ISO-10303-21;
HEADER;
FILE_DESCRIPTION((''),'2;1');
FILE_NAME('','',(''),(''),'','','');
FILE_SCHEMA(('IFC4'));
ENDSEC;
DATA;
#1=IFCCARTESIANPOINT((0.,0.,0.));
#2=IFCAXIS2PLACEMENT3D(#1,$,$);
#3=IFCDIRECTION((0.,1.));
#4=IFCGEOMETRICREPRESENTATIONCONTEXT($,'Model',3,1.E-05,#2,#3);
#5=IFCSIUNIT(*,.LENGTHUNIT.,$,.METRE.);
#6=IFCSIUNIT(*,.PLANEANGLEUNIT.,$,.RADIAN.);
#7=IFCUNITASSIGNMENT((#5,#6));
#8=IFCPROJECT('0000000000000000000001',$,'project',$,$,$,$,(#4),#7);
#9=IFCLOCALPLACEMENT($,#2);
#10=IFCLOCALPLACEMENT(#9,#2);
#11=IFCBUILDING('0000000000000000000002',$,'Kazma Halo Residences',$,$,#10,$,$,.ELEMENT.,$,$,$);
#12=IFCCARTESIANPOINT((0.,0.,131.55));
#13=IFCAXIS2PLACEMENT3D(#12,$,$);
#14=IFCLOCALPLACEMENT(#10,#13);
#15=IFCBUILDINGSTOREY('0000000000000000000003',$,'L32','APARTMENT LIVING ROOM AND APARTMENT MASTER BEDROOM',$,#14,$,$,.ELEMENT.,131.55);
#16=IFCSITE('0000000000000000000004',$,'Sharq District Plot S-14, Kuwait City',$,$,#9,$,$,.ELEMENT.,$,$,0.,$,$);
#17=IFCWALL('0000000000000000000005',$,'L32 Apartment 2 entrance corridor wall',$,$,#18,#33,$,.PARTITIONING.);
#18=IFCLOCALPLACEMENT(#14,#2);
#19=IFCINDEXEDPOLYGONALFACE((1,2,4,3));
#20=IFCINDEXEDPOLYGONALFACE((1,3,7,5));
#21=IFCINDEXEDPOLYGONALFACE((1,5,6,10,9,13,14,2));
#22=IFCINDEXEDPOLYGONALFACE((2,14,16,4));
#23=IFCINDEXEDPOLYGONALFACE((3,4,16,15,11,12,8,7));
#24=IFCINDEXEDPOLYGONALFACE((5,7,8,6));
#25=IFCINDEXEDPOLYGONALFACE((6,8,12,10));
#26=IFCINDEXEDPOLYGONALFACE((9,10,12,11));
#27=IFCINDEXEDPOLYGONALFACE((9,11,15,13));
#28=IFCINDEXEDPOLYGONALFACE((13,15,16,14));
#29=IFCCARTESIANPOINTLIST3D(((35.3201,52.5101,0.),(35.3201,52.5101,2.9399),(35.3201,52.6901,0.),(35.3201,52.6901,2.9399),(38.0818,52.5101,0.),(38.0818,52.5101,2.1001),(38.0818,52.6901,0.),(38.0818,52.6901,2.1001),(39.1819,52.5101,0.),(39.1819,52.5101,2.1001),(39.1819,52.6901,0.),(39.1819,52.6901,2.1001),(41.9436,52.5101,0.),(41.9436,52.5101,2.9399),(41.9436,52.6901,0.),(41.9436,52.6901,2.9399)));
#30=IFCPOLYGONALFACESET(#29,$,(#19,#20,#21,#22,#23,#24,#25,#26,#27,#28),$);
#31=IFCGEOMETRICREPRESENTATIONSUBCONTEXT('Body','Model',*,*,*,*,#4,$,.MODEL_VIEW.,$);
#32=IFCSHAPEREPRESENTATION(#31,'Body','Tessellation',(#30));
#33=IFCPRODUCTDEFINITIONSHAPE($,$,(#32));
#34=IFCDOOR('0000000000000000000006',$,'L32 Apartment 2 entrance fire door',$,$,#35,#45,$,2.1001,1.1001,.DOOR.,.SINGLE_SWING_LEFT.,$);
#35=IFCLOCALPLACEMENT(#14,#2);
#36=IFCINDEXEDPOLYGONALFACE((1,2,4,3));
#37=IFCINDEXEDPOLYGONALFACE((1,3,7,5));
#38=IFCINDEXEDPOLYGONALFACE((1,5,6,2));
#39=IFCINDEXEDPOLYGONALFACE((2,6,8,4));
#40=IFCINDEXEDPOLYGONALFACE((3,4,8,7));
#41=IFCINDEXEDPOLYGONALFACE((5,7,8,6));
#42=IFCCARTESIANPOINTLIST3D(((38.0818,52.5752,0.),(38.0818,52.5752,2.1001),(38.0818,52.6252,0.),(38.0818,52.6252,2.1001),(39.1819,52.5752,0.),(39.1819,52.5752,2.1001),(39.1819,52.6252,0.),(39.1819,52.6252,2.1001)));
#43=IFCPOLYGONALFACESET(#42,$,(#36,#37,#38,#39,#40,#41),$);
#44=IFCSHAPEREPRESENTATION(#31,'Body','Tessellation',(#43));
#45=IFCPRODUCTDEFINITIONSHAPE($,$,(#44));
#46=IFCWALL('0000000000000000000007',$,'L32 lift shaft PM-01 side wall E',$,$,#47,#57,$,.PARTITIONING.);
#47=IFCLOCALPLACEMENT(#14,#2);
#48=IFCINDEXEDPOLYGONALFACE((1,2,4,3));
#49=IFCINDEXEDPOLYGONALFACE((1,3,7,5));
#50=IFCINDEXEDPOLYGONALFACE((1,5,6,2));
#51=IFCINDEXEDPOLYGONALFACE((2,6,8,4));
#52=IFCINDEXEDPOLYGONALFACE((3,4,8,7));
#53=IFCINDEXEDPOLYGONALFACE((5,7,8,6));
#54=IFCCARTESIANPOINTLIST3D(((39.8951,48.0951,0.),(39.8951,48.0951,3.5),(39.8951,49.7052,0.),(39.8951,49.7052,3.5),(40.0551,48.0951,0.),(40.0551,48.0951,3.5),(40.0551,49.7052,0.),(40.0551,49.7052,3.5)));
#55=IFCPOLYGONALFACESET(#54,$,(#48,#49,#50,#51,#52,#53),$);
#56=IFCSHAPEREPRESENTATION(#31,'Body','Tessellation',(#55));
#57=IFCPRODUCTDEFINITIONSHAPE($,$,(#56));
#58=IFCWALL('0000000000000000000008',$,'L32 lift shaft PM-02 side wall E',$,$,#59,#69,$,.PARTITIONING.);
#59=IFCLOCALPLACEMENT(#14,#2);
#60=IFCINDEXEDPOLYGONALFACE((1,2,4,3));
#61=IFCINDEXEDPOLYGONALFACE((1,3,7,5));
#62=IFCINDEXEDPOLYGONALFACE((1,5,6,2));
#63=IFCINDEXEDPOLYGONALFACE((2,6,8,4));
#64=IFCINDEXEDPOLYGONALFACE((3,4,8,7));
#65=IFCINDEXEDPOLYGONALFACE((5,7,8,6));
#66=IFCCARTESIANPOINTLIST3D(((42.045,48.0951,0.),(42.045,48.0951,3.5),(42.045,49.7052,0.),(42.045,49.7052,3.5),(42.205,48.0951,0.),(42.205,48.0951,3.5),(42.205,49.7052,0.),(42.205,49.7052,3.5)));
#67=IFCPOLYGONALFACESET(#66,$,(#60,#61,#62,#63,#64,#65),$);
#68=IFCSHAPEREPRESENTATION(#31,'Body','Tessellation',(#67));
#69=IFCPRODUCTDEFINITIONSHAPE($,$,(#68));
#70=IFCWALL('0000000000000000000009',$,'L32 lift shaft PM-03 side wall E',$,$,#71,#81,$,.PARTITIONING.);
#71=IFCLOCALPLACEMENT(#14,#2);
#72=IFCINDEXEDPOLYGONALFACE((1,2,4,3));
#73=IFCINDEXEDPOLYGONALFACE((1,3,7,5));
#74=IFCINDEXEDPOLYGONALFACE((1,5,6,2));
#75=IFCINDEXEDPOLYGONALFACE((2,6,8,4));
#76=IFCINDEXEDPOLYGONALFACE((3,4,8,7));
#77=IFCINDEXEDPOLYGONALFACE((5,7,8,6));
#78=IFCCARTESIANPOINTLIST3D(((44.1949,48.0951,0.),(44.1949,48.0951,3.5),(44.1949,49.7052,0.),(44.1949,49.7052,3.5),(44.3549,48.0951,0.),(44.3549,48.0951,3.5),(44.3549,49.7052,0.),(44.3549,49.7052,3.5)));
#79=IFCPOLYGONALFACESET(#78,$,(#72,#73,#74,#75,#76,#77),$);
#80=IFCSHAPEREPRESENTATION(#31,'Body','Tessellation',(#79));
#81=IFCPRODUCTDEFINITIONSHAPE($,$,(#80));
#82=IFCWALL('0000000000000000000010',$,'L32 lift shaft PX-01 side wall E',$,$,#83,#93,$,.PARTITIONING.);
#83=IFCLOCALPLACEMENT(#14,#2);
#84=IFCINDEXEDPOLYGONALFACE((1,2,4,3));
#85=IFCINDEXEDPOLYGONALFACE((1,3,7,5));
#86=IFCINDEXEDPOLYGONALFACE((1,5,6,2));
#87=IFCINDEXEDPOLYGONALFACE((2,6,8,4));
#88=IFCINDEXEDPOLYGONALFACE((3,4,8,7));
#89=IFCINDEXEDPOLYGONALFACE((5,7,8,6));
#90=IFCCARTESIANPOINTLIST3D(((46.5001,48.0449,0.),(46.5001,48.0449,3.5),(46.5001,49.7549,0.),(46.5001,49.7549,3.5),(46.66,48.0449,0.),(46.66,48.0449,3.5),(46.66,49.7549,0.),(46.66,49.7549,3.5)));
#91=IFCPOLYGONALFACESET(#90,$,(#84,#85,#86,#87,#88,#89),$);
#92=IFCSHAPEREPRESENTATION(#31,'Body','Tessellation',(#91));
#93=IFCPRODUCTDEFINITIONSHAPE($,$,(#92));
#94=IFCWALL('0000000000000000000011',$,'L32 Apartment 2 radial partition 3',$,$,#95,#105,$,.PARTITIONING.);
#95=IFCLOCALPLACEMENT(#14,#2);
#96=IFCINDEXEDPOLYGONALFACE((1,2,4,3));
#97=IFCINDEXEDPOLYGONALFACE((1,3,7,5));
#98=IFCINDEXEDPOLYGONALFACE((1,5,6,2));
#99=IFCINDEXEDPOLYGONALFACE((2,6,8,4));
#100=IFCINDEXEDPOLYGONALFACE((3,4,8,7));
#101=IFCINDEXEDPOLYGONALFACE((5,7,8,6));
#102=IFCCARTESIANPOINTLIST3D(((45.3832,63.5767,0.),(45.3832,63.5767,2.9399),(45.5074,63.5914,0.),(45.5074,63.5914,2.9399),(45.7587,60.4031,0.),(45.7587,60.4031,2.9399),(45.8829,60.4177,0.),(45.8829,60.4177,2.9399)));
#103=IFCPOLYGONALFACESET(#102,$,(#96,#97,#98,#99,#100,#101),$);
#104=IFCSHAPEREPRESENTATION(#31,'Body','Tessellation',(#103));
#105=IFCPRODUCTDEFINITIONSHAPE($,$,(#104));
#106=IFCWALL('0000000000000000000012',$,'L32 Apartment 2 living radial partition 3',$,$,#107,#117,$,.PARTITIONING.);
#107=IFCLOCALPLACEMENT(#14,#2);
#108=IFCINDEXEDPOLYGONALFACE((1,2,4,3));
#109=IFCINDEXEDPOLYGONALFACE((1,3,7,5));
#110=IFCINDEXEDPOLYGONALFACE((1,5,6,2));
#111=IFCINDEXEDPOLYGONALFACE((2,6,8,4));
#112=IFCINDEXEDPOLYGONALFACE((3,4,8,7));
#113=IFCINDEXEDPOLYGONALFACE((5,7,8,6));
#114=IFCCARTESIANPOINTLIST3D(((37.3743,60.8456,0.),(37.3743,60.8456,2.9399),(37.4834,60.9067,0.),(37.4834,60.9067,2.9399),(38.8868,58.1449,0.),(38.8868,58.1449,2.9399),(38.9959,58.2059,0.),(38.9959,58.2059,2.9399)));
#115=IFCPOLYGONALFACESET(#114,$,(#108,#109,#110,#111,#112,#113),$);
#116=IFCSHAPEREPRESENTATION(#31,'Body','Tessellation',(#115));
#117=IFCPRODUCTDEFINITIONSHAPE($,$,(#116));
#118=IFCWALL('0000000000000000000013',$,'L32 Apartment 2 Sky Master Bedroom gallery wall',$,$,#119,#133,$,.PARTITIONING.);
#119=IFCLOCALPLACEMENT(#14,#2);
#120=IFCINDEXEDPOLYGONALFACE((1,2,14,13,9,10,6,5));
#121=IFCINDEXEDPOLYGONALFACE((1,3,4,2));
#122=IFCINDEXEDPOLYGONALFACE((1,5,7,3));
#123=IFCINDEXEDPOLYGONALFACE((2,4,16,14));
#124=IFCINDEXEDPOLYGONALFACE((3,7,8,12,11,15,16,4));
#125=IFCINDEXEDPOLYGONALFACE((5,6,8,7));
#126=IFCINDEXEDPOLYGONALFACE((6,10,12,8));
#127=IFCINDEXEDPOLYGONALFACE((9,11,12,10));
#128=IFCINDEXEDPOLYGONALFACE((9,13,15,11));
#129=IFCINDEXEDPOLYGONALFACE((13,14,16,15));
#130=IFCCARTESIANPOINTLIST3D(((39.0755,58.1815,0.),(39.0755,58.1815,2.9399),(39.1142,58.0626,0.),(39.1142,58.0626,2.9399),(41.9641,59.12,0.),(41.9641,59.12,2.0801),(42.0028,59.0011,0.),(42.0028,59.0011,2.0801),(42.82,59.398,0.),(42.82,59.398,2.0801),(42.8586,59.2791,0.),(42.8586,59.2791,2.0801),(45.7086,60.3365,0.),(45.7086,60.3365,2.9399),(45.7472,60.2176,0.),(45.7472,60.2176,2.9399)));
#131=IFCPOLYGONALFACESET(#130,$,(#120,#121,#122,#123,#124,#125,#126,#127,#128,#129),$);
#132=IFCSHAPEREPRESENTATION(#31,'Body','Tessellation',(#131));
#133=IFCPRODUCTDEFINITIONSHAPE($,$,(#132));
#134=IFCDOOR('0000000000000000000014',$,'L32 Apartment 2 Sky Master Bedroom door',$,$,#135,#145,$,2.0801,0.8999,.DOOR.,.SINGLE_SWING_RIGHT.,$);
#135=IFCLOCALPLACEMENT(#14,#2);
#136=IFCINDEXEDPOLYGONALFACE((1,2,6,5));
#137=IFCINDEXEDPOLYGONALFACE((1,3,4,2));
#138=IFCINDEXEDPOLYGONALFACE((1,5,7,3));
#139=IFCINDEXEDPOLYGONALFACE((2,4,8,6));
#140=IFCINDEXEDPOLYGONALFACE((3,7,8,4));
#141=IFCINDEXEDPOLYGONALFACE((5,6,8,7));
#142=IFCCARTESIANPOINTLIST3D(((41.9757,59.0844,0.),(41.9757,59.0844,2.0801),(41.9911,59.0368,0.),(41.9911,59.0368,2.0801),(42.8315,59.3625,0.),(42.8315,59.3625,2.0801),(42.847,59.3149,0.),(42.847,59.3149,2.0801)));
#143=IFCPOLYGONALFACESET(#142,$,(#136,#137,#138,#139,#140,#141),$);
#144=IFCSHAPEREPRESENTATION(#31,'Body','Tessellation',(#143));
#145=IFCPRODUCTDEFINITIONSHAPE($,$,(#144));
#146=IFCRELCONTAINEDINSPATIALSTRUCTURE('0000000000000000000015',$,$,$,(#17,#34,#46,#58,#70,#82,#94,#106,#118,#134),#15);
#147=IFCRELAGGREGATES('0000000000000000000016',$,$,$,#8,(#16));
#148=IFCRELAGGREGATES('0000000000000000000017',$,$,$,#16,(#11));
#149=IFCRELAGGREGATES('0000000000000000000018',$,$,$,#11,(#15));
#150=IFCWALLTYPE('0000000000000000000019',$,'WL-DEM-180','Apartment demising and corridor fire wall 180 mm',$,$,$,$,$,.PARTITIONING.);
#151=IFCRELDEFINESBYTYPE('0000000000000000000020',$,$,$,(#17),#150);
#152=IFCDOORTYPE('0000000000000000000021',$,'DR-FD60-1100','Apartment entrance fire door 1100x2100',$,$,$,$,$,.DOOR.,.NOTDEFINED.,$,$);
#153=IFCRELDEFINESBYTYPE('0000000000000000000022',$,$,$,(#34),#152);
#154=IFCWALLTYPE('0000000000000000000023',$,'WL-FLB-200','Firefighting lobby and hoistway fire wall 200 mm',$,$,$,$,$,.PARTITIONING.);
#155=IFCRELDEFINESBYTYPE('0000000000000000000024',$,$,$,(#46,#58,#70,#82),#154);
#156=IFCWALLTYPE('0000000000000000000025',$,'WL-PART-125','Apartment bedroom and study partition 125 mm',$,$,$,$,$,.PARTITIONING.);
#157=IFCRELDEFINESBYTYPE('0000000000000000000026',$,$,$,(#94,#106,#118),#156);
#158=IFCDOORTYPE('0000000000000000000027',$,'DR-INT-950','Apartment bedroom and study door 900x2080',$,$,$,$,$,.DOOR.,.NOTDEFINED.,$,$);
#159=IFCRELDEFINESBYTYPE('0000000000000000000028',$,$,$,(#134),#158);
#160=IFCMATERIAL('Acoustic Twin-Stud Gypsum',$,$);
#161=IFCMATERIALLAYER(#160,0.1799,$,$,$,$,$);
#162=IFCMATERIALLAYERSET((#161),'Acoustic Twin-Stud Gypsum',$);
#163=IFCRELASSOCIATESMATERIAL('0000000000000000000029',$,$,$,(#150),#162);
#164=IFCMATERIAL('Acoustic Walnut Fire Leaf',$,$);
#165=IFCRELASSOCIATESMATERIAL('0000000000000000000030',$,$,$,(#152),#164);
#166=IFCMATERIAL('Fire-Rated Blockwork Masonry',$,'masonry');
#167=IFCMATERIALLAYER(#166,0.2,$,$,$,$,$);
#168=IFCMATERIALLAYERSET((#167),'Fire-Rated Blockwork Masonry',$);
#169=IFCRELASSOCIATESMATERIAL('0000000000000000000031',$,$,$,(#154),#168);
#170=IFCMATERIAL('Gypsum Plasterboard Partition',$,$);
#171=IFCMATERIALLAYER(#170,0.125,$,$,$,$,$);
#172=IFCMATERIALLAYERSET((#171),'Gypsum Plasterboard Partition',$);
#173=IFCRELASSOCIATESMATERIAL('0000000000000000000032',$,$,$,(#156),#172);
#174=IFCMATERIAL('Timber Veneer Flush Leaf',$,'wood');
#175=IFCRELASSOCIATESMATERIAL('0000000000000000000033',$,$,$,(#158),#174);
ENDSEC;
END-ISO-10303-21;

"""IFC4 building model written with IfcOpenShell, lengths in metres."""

from ifc_helpers import new_model, si_unit, direction, frame, frame_2d, origin, place, context, subcontext, project, spatial, rectangle, extrude, material, layer, layer_set, type_object, element, fill, save


model = new_model("IFC4")

# Units and contexts
model_context = context("Model", 3, precision=1e-05, world=origin(), true_north=direction((0.0, 1.0)))
body_context = subcontext(model_context, "Body", "Model", "MODEL_VIEW")
ifc_project = project(units=[si_unit("LENGTHUNIT", "METRE"), si_unit("PLANEANGLEUNIT", "RADIAN")], contexts=[model_context])

# Site, building, storey
site_placement = place(None, origin())
site = spatial("IfcSite", under=ifc_project, at=site_placement, Name="Sharq District Plot S-14, Kuwait City", CompositionType="ELEMENT", RefElevation=0.0)
building_placement = place(site_placement, origin())
building = spatial("IfcBuilding", under=site, at=building_placement, Name="Kazma Halo Residences", CompositionType="ELEMENT")
storey_placement = place(building_placement, frame((0.0, 0.0, 131.55)))
storey = spatial("IfcBuildingStorey", under=building, at=storey_placement, Name="L32", Description="APARTMENT LIVING ROOM AND APARTMENT MASTER BEDROOM", CompositionType="ELEMENT", Elevation=131.55)

# Wall, opening, door
ifc_material_1 = material(Name="Acoustic Twin-Stud Gypsum")
ifc_layer_1 = layer(ifc_material_1, 0.1799)
ifc_layer_set_1 = layer_set([ifc_layer_1], Name="Acoustic Twin-Stud Gypsum")
wall_type_1 = type_object("IfcWallType", Name="WL-DEM-180", Description="Apartment demising and corridor fire wall 180 mm", PredefinedType="PARTITIONING", material=ifc_layer_set_1)
wall_1_placement = place(storey_placement, frame((41.9436, 52.6001, 0.0), z_axis=(0.0, 0.0, 1.0), x_axis=(-1.0, 0.0, 0.0)))
wall_1 = element("IfcWall", 1, at=wall_1_placement, inside=storey, type_object=wall_type_1, Name="L32 Apartment 2 entrance corridor wall", PredefinedType="PARTITIONING", context=body_context, shape_type="SweptSolid", body=[
    extrude(rectangle(XDim=6.6235, YDim=0.1799, at=frame_2d((3.3118, 0.0))), origin(), (0.0, 0.0, 1.0), 2.9399),
])
opening_1_placement = place(wall_1_placement, frame((2.7617, 0.0, 0.0)))
opening_1 = element("IfcOpeningElement", 2, at=opening_1_placement, cuts=wall_1, PredefinedType="OPENING", context=body_context, shape_type="SweptSolid", body=[
    extrude(rectangle(XDim=1.1001, YDim=2.1001, at=frame_2d((0.55, 1.05))), frame((0.0, 0.0999, 0.0), z_axis=(0.0, -1.0, 0.0), x_axis=(1.0, 0.0, 0.0)), (0.0, 0.0, 1.0), 0.2),
])
ifc_material_2 = material(Name="Acoustic Walnut Fire Leaf")
door_type_1 = type_object("IfcDoorType", Name="DR-FD60-1100", Description="Apartment entrance fire door 1100x2100", OperationType="NOTDEFINED", PredefinedType="DOOR", material=ifc_material_2)
door_1_placement = place(opening_1_placement, origin())
door_1 = element("IfcDoor", 3, at=door_1_placement, inside=storey, type_object=door_type_1, Name="L32 Apartment 2 entrance fire door", OperationType="SINGLE_SWING_LEFT", OverallHeight=2.1001, OverallWidth=1.1001, PredefinedType="DOOR", context=body_context, shape_type="SweptSolid", body=[
    extrude(rectangle(XDim=1.1001, YDim=2.1001, at=frame_2d((0.55, 1.05))), frame((0.0, 0.0249, 0.0), z_axis=(0.0, -1.0, 0.0), x_axis=(1.0, 0.0, 0.0)), (0.0, 0.0, 1.0), 0.05),
])
fill(opening_1, door_1)

# Walls
ifc_material_3 = material(Name="Fire-Rated Blockwork Masonry", Category="masonry")
ifc_layer_2 = layer(ifc_material_3, 0.2)
ifc_layer_set_2 = layer_set([ifc_layer_2], Name="Fire-Rated Blockwork Masonry")
wall_type_2 = type_object("IfcWallType", Name="WL-FLB-200", Description="Firefighting lobby and hoistway fire wall 200 mm", PredefinedType="PARTITIONING", material=ifc_layer_set_2)
for number, where, z_axis, x_axis, name in (
    (4, (39.9751, 48.095, 0.0), (0.0, 0.0, 1.0), (0.0, 1.0, 0.0), "L32 lift shaft PM-01 side wall E"),
    (5, (42.125, 48.095, 0.0), (0.0, 0.0, 1.0), (0.0, 1.0, 0.0), "L32 lift shaft PM-02 side wall E"),
    (6, (44.2749, 48.095, 0.0), (0.0, 0.0, 1.0), (0.0, 1.0, 0.0), "L32 lift shaft PM-03 side wall E"),
):
    element("IfcWall", number, at=place(storey_placement, frame(where, z_axis=z_axis, x_axis=x_axis)), inside=storey, type_object=wall_type_2, Name=name, PredefinedType="PARTITIONING", context=body_context, shape_type="SweptSolid", body=[
        extrude(rectangle(XDim=1.6101, YDim=0.1599, at=frame_2d((0.8052, 0.0))), origin(), (0.0, 0.0, 1.0), 3.5),
    ])
wall_2_placement = place(storey_placement, frame((46.5801, 48.0449, 0.0), z_axis=(0.0, 0.0, 1.0), x_axis=(0.0, 1.0, 0.0)))
element("IfcWall", 7, at=wall_2_placement, inside=storey, type_object=wall_type_2, Name="L32 lift shaft PX-01 side wall E", PredefinedType="PARTITIONING", context=body_context, shape_type="SweptSolid", body=[
    extrude(rectangle(XDim=1.71, YDim=0.1599, at=frame_2d((0.855, 0.0))), origin(), (0.0, 0.0, 1.0), 3.5),
])
ifc_material_4 = material(Name="Gypsum Plasterboard Partition")
ifc_layer_3 = layer(ifc_material_4, 0.125)
ifc_layer_set_3 = layer_set([ifc_layer_3], Name="Gypsum Plasterboard Partition")
wall_type_3 = type_object("IfcWallType", Name="WL-PART-125", Description="Apartment bedroom and study partition 125 mm", PredefinedType="PARTITIONING", material=ifc_layer_set_3)
wall_3_placement = place(storey_placement, frame((45.8208, 60.4104, 0.0), z_axis=(0.0, 0.0, 1.0), x_axis=(-0.117497, 0.993073, 0.0)))
element("IfcWall", 8, at=wall_3_placement, inside=storey, type_object=wall_type_3, Name="L32 Apartment 2 radial partition 3", PredefinedType="PARTITIONING", context=body_context, shape_type="SweptSolid", body=[
    extrude(rectangle(XDim=3.1958, YDim=0.125, at=frame_2d((1.5979, 0.0))), origin(), (0.0, 0.0, 1.0), 2.9399),
])
wall_4_placement = place(storey_placement, frame((38.9414, 58.1753, 0.0), z_axis=(0.0, 0.0, 1.0), x_axis=(-0.48862, 0.872497, 0.0)))
element("IfcWall", 9, at=wall_4_placement, inside=storey, type_object=wall_type_3, Name="L32 Apartment 2 living radial partition 3", PredefinedType="PARTITIONING", context=body_context, shape_type="SweptSolid", body=[
    extrude(rectangle(XDim=3.0955, YDim=0.125, at=frame_2d((1.5479, 0.0))), origin(), (0.0, 0.0, 1.0), 2.9399),
])

# Wall, opening, door
wall_5_placement = place(storey_placement, frame((45.728, 60.2771, 0.0), z_axis=(0.0, 0.0, 1.0), x_axis=(-0.951064, -0.308993, 0.0)))
wall_5 = element("IfcWall", 10, at=wall_5_placement, inside=storey, type_object=wall_type_3, Name="L32 Apartment 2 Sky Master Bedroom gallery wall", PredefinedType="PARTITIONING", context=body_context, shape_type="SweptSolid", body=[
    extrude(rectangle(XDim=6.9744, YDim=0.125, at=frame_2d((3.4873, 0.0))), origin(), (0.0, 0.0, 1.0), 2.9399),
])
opening_2_placement = place(wall_5_placement, frame((3.0374, 0.0, 0.0)))
opening_2 = element("IfcOpeningElement", 11, at=opening_2_placement, cuts=wall_5, PredefinedType="OPENING", context=body_context, shape_type="SweptSolid", body=[
    extrude(rectangle(XDim=0.8999, YDim=2.0801, at=frame_2d((0.45, 1.04))), frame((0.0, 0.0725, 0.0), z_axis=(0.0, -1.0, 0.0), x_axis=(1.0, 0.0, 0.0)), (0.0, 0.0, 1.0), 0.145),
])
ifc_material_5 = material(Name="Timber Veneer Flush Leaf", Category="wood")
door_type_2 = type_object("IfcDoorType", Name="DR-INT-950", Description="Apartment bedroom and study door 900x2080", OperationType="NOTDEFINED", PredefinedType="DOOR", material=ifc_material_5)
door_2_placement = place(opening_2_placement, origin())
door_2 = element("IfcDoor", 12, at=door_2_placement, inside=storey, type_object=door_type_2, Name="L32 Apartment 2 Sky Master Bedroom door", OperationType="SINGLE_SWING_RIGHT", OverallHeight=2.0801, OverallWidth=0.8999, PredefinedType="DOOR", context=body_context, shape_type="SweptSolid", body=[
    extrude(rectangle(XDim=0.8999, YDim=2.0801, at=frame_2d((0.45, 1.04))), frame((0.0, 0.0249, 0.0), z_axis=(0.0, -1.0, 0.0), x_axis=(1.0, 0.0, 0.0)), (0.0, 0.0, 1.0), 0.05),
])
fill(opening_2, door_2)

save(model, "model.ifc")
